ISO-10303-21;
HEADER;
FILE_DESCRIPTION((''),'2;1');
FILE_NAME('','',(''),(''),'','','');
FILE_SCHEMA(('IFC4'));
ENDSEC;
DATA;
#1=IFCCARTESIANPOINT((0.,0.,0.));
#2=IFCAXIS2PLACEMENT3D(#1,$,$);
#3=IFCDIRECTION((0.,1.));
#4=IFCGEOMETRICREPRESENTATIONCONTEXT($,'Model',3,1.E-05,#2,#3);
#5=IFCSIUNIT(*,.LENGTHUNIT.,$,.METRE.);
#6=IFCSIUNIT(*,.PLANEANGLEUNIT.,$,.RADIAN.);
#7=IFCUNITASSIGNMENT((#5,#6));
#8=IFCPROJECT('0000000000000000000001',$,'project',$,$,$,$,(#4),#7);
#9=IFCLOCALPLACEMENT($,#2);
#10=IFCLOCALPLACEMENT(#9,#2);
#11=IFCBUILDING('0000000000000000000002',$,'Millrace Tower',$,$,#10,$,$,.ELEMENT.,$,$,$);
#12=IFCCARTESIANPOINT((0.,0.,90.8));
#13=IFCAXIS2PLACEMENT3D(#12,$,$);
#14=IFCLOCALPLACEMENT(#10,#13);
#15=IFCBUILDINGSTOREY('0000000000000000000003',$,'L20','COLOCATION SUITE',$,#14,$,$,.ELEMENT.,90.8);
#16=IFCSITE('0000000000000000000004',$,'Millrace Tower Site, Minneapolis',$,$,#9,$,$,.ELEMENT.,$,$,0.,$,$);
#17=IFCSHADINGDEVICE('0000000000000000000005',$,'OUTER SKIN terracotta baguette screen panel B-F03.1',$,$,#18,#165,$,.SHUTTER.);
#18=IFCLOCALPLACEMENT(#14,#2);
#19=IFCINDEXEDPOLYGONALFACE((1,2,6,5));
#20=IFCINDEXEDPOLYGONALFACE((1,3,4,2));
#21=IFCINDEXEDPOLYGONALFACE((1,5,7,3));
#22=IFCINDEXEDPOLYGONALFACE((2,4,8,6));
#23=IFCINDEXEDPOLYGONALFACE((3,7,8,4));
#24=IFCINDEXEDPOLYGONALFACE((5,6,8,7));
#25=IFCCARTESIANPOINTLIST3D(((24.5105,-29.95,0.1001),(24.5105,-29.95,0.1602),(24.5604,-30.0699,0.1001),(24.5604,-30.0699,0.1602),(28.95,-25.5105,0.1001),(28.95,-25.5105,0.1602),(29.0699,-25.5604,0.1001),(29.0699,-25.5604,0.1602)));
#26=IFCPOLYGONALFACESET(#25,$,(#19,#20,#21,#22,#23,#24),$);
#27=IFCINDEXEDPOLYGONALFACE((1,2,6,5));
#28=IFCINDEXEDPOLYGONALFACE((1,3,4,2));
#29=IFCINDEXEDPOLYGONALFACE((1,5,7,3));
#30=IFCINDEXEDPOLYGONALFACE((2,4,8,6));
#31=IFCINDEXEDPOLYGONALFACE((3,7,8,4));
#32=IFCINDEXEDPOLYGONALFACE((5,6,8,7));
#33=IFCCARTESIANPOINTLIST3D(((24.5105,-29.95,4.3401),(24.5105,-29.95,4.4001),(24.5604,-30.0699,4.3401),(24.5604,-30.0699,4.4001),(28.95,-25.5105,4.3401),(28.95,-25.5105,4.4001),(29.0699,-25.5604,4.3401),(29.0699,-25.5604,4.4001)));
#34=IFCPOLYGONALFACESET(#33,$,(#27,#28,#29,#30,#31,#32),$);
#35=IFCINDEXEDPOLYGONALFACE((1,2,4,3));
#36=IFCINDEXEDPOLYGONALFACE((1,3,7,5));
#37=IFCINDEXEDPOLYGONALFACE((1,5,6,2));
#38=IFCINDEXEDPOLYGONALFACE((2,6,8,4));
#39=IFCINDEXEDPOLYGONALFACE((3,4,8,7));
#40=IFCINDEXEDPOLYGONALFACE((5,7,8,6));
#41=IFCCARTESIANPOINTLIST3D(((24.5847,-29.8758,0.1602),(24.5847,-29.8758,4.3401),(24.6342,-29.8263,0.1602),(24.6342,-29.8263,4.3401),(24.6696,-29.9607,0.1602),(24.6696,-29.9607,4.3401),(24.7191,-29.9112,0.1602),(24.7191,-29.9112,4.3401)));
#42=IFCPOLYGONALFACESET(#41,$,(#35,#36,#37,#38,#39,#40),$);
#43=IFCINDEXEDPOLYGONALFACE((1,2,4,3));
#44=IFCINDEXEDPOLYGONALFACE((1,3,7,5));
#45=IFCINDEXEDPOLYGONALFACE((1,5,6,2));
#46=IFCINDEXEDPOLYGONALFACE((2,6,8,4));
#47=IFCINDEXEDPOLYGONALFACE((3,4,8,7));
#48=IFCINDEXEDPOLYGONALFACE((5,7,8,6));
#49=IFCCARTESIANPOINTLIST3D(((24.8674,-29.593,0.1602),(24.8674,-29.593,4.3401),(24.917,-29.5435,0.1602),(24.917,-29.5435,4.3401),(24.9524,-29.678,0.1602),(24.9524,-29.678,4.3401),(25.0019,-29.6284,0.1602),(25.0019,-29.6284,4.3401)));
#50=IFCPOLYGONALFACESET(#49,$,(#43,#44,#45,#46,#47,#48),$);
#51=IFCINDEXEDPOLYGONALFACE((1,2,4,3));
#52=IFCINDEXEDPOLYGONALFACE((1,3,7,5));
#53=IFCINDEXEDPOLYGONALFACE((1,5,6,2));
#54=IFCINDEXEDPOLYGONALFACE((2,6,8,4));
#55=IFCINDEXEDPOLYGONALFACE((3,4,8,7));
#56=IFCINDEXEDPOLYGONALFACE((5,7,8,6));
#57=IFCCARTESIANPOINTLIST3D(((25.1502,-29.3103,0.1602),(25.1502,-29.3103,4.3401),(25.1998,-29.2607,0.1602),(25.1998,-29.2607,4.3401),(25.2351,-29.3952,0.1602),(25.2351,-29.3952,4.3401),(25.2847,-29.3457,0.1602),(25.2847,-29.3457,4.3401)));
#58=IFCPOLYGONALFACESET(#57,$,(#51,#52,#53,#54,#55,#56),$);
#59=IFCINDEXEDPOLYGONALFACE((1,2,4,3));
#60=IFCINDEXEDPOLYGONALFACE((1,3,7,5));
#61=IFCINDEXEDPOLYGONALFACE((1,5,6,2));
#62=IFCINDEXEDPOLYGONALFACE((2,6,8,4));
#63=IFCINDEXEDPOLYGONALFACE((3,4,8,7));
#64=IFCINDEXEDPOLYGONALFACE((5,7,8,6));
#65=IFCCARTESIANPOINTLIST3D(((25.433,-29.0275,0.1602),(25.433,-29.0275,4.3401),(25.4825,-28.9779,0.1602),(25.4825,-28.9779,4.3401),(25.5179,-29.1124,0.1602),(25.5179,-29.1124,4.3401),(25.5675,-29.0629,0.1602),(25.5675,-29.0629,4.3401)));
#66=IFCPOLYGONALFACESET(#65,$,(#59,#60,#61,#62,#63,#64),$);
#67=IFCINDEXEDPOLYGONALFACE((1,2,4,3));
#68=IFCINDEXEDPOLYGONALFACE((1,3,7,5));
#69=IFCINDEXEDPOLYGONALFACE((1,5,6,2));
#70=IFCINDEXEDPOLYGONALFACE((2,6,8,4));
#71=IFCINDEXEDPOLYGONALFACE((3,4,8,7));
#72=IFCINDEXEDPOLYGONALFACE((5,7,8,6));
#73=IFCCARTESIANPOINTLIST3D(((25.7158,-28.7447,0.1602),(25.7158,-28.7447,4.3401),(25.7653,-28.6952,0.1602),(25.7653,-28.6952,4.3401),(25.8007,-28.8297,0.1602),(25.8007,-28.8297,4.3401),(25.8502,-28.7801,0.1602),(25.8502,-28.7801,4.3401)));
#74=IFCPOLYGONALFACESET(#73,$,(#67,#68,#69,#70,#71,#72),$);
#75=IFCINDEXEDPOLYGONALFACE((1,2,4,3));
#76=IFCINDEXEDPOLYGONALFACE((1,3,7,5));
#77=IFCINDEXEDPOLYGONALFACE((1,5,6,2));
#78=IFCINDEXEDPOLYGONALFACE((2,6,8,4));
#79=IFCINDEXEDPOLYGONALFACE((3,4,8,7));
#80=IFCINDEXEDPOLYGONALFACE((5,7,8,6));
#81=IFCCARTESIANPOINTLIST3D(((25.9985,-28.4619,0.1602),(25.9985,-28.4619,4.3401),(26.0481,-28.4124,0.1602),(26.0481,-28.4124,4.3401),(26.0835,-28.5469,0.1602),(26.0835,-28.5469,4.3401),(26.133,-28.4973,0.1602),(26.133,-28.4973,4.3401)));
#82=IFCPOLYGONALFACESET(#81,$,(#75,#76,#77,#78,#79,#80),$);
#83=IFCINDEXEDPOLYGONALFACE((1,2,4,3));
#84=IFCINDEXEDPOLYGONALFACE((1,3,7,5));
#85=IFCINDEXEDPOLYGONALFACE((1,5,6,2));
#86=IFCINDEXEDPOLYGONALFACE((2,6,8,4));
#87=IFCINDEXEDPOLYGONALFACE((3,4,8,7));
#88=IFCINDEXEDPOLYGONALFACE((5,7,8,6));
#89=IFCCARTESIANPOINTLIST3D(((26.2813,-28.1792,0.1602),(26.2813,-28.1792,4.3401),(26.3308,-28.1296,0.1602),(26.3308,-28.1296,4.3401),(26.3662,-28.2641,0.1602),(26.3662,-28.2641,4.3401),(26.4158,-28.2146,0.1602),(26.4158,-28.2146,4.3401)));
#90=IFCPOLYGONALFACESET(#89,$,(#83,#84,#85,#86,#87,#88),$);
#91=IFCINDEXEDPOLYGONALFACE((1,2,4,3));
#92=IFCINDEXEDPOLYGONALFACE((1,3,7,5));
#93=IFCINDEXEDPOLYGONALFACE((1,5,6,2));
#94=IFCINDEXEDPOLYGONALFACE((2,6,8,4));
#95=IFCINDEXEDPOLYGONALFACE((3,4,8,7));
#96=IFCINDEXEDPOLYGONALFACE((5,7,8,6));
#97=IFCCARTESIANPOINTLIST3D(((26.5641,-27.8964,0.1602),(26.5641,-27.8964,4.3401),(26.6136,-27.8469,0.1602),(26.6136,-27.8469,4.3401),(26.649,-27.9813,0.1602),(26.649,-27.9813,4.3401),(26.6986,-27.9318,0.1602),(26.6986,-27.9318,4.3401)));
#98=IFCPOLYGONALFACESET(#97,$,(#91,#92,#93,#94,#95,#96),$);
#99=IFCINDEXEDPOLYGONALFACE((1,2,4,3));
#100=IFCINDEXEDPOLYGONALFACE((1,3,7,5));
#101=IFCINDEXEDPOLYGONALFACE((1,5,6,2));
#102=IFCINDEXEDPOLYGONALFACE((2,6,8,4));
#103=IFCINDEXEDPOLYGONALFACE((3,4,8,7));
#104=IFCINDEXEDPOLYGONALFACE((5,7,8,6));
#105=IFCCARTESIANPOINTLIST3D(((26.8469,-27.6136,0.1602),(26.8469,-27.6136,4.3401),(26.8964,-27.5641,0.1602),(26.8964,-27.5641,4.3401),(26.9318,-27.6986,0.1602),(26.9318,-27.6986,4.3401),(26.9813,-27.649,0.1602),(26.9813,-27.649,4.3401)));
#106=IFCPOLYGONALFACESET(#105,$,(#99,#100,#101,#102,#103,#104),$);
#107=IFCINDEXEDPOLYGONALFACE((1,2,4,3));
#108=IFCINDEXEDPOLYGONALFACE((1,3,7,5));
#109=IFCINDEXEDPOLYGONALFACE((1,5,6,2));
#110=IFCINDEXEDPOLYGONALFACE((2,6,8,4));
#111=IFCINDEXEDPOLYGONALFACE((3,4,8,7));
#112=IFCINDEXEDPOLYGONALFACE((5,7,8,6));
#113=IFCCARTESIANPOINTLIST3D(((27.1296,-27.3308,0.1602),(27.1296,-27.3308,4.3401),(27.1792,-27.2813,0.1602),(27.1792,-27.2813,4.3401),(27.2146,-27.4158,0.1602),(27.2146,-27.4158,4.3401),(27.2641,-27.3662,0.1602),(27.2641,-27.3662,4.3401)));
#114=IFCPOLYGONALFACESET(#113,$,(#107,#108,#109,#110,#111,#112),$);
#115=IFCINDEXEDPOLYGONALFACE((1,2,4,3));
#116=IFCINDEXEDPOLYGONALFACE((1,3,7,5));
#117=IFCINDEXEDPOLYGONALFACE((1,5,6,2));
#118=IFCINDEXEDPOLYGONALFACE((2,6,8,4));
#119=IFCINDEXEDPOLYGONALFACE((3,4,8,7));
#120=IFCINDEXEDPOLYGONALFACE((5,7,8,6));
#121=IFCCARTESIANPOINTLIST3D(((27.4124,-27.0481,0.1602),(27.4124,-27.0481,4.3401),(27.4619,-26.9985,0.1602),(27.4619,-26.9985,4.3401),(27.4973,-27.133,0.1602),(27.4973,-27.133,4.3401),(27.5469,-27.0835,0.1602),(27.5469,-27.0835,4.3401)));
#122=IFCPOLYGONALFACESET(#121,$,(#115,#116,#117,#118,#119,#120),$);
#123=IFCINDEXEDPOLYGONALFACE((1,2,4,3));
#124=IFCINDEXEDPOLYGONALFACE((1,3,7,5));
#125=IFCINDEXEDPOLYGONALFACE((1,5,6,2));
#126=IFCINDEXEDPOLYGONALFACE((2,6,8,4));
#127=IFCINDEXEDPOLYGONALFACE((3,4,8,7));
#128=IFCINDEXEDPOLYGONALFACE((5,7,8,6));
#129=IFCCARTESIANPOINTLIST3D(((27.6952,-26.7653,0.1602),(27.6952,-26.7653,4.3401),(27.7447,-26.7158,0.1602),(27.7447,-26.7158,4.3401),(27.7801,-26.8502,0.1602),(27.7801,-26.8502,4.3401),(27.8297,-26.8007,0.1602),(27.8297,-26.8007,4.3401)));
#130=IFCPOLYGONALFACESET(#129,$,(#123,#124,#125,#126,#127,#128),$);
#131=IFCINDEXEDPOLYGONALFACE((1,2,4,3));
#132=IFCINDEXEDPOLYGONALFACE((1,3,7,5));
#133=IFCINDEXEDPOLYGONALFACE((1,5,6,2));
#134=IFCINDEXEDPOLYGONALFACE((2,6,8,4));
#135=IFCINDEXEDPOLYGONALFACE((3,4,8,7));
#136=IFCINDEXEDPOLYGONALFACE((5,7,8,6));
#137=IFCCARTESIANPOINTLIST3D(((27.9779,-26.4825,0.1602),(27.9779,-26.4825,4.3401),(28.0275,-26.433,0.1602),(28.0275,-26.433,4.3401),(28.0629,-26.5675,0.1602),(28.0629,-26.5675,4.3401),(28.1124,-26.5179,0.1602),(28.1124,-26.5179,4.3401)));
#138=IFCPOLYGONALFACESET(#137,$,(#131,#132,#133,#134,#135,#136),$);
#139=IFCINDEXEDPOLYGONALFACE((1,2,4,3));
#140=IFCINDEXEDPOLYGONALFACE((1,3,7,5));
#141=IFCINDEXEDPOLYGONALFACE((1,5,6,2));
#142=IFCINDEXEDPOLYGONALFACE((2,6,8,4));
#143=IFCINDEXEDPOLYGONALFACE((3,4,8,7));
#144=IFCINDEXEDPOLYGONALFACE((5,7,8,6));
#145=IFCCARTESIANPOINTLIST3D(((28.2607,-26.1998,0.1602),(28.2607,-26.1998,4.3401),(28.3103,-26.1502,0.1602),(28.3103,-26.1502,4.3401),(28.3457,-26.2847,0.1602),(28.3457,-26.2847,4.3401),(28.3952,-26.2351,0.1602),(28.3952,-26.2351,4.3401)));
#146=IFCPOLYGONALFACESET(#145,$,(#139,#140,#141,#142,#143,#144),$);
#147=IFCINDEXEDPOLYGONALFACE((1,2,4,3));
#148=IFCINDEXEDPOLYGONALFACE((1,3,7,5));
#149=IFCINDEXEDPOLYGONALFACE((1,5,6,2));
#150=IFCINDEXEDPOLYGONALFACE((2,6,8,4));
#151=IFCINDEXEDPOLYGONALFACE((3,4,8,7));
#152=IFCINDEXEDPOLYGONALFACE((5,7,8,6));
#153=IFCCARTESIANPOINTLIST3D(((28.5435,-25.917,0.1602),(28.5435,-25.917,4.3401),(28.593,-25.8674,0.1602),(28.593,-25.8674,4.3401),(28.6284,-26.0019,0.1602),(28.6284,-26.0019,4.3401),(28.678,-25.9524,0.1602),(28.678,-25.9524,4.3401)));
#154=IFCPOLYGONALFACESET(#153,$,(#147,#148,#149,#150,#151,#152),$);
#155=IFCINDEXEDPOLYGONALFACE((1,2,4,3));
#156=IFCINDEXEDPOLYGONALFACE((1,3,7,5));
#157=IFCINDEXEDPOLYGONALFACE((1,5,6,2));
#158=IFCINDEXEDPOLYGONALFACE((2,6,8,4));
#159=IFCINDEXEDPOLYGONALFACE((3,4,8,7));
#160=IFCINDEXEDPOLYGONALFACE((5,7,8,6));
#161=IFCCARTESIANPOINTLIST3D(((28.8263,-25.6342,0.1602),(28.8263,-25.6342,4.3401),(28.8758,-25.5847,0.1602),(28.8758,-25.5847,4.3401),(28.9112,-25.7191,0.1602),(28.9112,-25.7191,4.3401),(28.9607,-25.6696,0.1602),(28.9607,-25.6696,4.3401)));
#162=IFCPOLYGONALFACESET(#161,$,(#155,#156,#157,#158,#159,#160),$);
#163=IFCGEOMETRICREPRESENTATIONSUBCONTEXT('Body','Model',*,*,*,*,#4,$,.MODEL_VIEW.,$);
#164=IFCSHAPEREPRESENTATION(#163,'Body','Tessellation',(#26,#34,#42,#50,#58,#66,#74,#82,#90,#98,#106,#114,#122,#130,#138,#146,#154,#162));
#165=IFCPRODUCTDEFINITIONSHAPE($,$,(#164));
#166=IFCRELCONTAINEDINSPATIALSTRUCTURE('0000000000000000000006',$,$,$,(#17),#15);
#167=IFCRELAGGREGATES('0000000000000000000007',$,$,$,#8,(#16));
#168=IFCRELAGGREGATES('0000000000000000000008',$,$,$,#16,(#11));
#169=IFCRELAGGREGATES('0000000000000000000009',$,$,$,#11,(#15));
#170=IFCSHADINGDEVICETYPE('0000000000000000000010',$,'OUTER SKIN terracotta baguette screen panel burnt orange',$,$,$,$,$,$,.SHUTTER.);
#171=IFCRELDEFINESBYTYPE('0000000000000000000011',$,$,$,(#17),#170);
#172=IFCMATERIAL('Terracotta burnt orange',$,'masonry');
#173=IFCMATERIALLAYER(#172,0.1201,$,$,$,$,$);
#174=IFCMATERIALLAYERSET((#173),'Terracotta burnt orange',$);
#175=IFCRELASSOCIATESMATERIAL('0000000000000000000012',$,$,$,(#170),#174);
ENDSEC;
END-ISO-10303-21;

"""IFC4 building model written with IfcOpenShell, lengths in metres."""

from ifc_helpers import new_model, entity, si_unit, direction, frame, frame_2d, origin, place, context, subcontext, project, spatial, rectangle, extrude, source, transform, mapped, material, layer, layer_set, type_object, element, save


model = new_model("IFC4")

# Units and contexts
model_context = context("Model", 3, precision=1e-05, world=origin(), true_north=direction((0.0, 1.0)))
body_context = subcontext(model_context, "Body", "Model", "MODEL_VIEW")
ifc_project = project(units=[si_unit("LENGTHUNIT", "METRE"), si_unit("PLANEANGLEUNIT", "RADIAN")], contexts=[model_context])

# Site, building, storey
site_placement = place(None, origin())
site = spatial("IfcSite", under=ifc_project, at=site_placement, Name="Millrace Tower Site, Minneapolis", CompositionType="ELEMENT", RefElevation=0.0)
building_placement = place(site_placement, origin())
building = spatial("IfcBuilding", under=site, at=building_placement, Name="Millrace Tower", CompositionType="ELEMENT")
storey_placement = place(building_placement, frame((0.0, 0.0, 90.8)))
storey = spatial("IfcBuildingStorey", under=building, at=storey_placement, Name="L20", Description="COLOCATION SUITE", CompositionType="ELEMENT", Elevation=90.8)

# Shading device
ifc_material_1 = material(Name="Terracotta burnt orange", Category="masonry")
ifc_layer_1 = layer(ifc_material_1, 0.1201)
ifc_layer_set_1 = layer_set([ifc_layer_1], Name="Terracotta burnt orange")
shading_device_type = type_object("IfcShadingDeviceType", Name="OUTER SKIN terracotta baguette screen panel burnt orange", PredefinedType="SHUTTER", material=ifc_layer_set_1)
cartesian_point_1 = entity("IfcCartesianPoint", [-3.1392, 0.0601])
shared_polyline_1 = entity("IfcPolyline", [cartesian_point_1, entity("IfcCartesianPoint", [3.1392, 0.0601]), entity("IfcCartesianPoint", [3.1887, -0.0601]), entity("IfcCartesianPoint", [-3.1887, -0.0601]), cartesian_point_1])
shared_shape_1 = source(origin(), body_context, "Body", "SweptSolid", [
    entity("IfcExtrudedAreaSolid", entity("IfcArbitraryClosedProfileDef", "AREA", None, shared_polyline_1), entity("IfcAxis2Placement3D", entity("IfcCartesianPoint", [0.0, 0.0, 0.0])), entity("IfcDirection", [0.0, 0.0, 1.0]), 0.0601),
    entity("IfcExtrudedAreaSolid", entity("IfcArbitraryClosedProfileDef", "AREA", None, shared_polyline_1), entity("IfcAxis2Placement3D", entity("IfcCartesianPoint", [0.0, 0.0, 4.24])), entity("IfcDirection", [0.0, 0.0, 1.0]), 0.0601),
    extrude(rectangle(XDim=0.0701, YDim=0.1201, at=frame_2d((-2.9993, 0.0))), frame((0.0, 0.0, 0.0601)), (0.0, 0.0, 1.0), 4.1799),
    extrude(rectangle(XDim=0.0701, YDim=0.1201, at=frame_2d((-2.5994, 0.0))), frame((0.0, 0.0, 0.0601)), (0.0, 0.0, 1.0), 4.1799),
    extrude(rectangle(XDim=0.0701, YDim=0.1201, at=frame_2d((-2.1995, 0.0))), frame((0.0, 0.0, 0.0601)), (0.0, 0.0, 1.0), 4.1799),
    extrude(rectangle(XDim=0.0701, YDim=0.1201, at=frame_2d((-1.7996, 0.0))), frame((0.0, 0.0, 0.0601)), (0.0, 0.0, 1.0), 4.1799),
    extrude(rectangle(XDim=0.0701, YDim=0.1201, at=frame_2d((-1.3997, 0.0))), frame((0.0, 0.0, 0.0601)), (0.0, 0.0, 1.0), 4.1799),
    extrude(rectangle(XDim=0.0701, YDim=0.1201, at=frame_2d((-0.9998, 0.0))), frame((0.0, 0.0, 0.0601)), (0.0, 0.0, 1.0), 4.1799),
    extrude(rectangle(XDim=0.0701, YDim=0.1201, at=frame_2d((-0.5999, 0.0))), frame((0.0, 0.0, 0.0601)), (0.0, 0.0, 1.0), 4.1799),
    extrude(rectangle(XDim=0.0701, YDim=0.1201, at=frame_2d((-0.2, 0.0))), frame((0.0, 0.0, 0.0601)), (0.0, 0.0, 1.0), 4.1799),
    extrude(rectangle(XDim=0.0701, YDim=0.1201, at=frame_2d((0.2, 0.0))), frame((0.0, 0.0, 0.0601)), (0.0, 0.0, 1.0), 4.1799),
    extrude(rectangle(XDim=0.0701, YDim=0.1201, at=frame_2d((0.5999, 0.0))), frame((0.0, 0.0, 0.0601)), (0.0, 0.0, 1.0), 4.1799),
    extrude(rectangle(XDim=0.0701, YDim=0.1201, at=frame_2d((0.9998, 0.0))), frame((0.0, 0.0, 0.0601)), (0.0, 0.0, 1.0), 4.1799),
    extrude(rectangle(XDim=0.0701, YDim=0.1201, at=frame_2d((1.3997, 0.0))), frame((0.0, 0.0, 0.0601)), (0.0, 0.0, 1.0), 4.1799),
    extrude(rectangle(XDim=0.0701, YDim=0.1201, at=frame_2d((1.7996, 0.0))), frame((0.0, 0.0, 0.0601)), (0.0, 0.0, 1.0), 4.1799),
    extrude(rectangle(XDim=0.0701, YDim=0.1201, at=frame_2d((2.1995, 0.0))), frame((0.0, 0.0, 0.0601)), (0.0, 0.0, 1.0), 4.1799),
    extrude(rectangle(XDim=0.0701, YDim=0.1201, at=frame_2d((2.5994, 0.0))), frame((0.0, 0.0, 0.0601)), (0.0, 0.0, 1.0), 4.1799),
    extrude(rectangle(XDim=0.0701, YDim=0.1201, at=frame_2d((2.9993, 0.0))), frame((0.0, 0.0, 0.0601)), (0.0, 0.0, 1.0), 4.1799),
])
shading_device_1_placement = place(storey_placement, frame((26.7727, -27.7727, 0.1001), z_axis=(0.0, 0.0, 1.0), x_axis=(0.707107, 0.707107, 0.0)))
element("IfcShadingDevice", 1, at=shading_device_1_placement, inside=storey, type_object=shading_device_type, Name="OUTER SKIN terracotta baguette screen panel B-F03.1", PredefinedType="SHUTTER", context=body_context, shape_type="MappedRepresentation", body=[
    mapped(shared_shape_1, transform((0.0, 0.0, 0.0), scale=1.0)),
])

save(model, "model.ifc")
